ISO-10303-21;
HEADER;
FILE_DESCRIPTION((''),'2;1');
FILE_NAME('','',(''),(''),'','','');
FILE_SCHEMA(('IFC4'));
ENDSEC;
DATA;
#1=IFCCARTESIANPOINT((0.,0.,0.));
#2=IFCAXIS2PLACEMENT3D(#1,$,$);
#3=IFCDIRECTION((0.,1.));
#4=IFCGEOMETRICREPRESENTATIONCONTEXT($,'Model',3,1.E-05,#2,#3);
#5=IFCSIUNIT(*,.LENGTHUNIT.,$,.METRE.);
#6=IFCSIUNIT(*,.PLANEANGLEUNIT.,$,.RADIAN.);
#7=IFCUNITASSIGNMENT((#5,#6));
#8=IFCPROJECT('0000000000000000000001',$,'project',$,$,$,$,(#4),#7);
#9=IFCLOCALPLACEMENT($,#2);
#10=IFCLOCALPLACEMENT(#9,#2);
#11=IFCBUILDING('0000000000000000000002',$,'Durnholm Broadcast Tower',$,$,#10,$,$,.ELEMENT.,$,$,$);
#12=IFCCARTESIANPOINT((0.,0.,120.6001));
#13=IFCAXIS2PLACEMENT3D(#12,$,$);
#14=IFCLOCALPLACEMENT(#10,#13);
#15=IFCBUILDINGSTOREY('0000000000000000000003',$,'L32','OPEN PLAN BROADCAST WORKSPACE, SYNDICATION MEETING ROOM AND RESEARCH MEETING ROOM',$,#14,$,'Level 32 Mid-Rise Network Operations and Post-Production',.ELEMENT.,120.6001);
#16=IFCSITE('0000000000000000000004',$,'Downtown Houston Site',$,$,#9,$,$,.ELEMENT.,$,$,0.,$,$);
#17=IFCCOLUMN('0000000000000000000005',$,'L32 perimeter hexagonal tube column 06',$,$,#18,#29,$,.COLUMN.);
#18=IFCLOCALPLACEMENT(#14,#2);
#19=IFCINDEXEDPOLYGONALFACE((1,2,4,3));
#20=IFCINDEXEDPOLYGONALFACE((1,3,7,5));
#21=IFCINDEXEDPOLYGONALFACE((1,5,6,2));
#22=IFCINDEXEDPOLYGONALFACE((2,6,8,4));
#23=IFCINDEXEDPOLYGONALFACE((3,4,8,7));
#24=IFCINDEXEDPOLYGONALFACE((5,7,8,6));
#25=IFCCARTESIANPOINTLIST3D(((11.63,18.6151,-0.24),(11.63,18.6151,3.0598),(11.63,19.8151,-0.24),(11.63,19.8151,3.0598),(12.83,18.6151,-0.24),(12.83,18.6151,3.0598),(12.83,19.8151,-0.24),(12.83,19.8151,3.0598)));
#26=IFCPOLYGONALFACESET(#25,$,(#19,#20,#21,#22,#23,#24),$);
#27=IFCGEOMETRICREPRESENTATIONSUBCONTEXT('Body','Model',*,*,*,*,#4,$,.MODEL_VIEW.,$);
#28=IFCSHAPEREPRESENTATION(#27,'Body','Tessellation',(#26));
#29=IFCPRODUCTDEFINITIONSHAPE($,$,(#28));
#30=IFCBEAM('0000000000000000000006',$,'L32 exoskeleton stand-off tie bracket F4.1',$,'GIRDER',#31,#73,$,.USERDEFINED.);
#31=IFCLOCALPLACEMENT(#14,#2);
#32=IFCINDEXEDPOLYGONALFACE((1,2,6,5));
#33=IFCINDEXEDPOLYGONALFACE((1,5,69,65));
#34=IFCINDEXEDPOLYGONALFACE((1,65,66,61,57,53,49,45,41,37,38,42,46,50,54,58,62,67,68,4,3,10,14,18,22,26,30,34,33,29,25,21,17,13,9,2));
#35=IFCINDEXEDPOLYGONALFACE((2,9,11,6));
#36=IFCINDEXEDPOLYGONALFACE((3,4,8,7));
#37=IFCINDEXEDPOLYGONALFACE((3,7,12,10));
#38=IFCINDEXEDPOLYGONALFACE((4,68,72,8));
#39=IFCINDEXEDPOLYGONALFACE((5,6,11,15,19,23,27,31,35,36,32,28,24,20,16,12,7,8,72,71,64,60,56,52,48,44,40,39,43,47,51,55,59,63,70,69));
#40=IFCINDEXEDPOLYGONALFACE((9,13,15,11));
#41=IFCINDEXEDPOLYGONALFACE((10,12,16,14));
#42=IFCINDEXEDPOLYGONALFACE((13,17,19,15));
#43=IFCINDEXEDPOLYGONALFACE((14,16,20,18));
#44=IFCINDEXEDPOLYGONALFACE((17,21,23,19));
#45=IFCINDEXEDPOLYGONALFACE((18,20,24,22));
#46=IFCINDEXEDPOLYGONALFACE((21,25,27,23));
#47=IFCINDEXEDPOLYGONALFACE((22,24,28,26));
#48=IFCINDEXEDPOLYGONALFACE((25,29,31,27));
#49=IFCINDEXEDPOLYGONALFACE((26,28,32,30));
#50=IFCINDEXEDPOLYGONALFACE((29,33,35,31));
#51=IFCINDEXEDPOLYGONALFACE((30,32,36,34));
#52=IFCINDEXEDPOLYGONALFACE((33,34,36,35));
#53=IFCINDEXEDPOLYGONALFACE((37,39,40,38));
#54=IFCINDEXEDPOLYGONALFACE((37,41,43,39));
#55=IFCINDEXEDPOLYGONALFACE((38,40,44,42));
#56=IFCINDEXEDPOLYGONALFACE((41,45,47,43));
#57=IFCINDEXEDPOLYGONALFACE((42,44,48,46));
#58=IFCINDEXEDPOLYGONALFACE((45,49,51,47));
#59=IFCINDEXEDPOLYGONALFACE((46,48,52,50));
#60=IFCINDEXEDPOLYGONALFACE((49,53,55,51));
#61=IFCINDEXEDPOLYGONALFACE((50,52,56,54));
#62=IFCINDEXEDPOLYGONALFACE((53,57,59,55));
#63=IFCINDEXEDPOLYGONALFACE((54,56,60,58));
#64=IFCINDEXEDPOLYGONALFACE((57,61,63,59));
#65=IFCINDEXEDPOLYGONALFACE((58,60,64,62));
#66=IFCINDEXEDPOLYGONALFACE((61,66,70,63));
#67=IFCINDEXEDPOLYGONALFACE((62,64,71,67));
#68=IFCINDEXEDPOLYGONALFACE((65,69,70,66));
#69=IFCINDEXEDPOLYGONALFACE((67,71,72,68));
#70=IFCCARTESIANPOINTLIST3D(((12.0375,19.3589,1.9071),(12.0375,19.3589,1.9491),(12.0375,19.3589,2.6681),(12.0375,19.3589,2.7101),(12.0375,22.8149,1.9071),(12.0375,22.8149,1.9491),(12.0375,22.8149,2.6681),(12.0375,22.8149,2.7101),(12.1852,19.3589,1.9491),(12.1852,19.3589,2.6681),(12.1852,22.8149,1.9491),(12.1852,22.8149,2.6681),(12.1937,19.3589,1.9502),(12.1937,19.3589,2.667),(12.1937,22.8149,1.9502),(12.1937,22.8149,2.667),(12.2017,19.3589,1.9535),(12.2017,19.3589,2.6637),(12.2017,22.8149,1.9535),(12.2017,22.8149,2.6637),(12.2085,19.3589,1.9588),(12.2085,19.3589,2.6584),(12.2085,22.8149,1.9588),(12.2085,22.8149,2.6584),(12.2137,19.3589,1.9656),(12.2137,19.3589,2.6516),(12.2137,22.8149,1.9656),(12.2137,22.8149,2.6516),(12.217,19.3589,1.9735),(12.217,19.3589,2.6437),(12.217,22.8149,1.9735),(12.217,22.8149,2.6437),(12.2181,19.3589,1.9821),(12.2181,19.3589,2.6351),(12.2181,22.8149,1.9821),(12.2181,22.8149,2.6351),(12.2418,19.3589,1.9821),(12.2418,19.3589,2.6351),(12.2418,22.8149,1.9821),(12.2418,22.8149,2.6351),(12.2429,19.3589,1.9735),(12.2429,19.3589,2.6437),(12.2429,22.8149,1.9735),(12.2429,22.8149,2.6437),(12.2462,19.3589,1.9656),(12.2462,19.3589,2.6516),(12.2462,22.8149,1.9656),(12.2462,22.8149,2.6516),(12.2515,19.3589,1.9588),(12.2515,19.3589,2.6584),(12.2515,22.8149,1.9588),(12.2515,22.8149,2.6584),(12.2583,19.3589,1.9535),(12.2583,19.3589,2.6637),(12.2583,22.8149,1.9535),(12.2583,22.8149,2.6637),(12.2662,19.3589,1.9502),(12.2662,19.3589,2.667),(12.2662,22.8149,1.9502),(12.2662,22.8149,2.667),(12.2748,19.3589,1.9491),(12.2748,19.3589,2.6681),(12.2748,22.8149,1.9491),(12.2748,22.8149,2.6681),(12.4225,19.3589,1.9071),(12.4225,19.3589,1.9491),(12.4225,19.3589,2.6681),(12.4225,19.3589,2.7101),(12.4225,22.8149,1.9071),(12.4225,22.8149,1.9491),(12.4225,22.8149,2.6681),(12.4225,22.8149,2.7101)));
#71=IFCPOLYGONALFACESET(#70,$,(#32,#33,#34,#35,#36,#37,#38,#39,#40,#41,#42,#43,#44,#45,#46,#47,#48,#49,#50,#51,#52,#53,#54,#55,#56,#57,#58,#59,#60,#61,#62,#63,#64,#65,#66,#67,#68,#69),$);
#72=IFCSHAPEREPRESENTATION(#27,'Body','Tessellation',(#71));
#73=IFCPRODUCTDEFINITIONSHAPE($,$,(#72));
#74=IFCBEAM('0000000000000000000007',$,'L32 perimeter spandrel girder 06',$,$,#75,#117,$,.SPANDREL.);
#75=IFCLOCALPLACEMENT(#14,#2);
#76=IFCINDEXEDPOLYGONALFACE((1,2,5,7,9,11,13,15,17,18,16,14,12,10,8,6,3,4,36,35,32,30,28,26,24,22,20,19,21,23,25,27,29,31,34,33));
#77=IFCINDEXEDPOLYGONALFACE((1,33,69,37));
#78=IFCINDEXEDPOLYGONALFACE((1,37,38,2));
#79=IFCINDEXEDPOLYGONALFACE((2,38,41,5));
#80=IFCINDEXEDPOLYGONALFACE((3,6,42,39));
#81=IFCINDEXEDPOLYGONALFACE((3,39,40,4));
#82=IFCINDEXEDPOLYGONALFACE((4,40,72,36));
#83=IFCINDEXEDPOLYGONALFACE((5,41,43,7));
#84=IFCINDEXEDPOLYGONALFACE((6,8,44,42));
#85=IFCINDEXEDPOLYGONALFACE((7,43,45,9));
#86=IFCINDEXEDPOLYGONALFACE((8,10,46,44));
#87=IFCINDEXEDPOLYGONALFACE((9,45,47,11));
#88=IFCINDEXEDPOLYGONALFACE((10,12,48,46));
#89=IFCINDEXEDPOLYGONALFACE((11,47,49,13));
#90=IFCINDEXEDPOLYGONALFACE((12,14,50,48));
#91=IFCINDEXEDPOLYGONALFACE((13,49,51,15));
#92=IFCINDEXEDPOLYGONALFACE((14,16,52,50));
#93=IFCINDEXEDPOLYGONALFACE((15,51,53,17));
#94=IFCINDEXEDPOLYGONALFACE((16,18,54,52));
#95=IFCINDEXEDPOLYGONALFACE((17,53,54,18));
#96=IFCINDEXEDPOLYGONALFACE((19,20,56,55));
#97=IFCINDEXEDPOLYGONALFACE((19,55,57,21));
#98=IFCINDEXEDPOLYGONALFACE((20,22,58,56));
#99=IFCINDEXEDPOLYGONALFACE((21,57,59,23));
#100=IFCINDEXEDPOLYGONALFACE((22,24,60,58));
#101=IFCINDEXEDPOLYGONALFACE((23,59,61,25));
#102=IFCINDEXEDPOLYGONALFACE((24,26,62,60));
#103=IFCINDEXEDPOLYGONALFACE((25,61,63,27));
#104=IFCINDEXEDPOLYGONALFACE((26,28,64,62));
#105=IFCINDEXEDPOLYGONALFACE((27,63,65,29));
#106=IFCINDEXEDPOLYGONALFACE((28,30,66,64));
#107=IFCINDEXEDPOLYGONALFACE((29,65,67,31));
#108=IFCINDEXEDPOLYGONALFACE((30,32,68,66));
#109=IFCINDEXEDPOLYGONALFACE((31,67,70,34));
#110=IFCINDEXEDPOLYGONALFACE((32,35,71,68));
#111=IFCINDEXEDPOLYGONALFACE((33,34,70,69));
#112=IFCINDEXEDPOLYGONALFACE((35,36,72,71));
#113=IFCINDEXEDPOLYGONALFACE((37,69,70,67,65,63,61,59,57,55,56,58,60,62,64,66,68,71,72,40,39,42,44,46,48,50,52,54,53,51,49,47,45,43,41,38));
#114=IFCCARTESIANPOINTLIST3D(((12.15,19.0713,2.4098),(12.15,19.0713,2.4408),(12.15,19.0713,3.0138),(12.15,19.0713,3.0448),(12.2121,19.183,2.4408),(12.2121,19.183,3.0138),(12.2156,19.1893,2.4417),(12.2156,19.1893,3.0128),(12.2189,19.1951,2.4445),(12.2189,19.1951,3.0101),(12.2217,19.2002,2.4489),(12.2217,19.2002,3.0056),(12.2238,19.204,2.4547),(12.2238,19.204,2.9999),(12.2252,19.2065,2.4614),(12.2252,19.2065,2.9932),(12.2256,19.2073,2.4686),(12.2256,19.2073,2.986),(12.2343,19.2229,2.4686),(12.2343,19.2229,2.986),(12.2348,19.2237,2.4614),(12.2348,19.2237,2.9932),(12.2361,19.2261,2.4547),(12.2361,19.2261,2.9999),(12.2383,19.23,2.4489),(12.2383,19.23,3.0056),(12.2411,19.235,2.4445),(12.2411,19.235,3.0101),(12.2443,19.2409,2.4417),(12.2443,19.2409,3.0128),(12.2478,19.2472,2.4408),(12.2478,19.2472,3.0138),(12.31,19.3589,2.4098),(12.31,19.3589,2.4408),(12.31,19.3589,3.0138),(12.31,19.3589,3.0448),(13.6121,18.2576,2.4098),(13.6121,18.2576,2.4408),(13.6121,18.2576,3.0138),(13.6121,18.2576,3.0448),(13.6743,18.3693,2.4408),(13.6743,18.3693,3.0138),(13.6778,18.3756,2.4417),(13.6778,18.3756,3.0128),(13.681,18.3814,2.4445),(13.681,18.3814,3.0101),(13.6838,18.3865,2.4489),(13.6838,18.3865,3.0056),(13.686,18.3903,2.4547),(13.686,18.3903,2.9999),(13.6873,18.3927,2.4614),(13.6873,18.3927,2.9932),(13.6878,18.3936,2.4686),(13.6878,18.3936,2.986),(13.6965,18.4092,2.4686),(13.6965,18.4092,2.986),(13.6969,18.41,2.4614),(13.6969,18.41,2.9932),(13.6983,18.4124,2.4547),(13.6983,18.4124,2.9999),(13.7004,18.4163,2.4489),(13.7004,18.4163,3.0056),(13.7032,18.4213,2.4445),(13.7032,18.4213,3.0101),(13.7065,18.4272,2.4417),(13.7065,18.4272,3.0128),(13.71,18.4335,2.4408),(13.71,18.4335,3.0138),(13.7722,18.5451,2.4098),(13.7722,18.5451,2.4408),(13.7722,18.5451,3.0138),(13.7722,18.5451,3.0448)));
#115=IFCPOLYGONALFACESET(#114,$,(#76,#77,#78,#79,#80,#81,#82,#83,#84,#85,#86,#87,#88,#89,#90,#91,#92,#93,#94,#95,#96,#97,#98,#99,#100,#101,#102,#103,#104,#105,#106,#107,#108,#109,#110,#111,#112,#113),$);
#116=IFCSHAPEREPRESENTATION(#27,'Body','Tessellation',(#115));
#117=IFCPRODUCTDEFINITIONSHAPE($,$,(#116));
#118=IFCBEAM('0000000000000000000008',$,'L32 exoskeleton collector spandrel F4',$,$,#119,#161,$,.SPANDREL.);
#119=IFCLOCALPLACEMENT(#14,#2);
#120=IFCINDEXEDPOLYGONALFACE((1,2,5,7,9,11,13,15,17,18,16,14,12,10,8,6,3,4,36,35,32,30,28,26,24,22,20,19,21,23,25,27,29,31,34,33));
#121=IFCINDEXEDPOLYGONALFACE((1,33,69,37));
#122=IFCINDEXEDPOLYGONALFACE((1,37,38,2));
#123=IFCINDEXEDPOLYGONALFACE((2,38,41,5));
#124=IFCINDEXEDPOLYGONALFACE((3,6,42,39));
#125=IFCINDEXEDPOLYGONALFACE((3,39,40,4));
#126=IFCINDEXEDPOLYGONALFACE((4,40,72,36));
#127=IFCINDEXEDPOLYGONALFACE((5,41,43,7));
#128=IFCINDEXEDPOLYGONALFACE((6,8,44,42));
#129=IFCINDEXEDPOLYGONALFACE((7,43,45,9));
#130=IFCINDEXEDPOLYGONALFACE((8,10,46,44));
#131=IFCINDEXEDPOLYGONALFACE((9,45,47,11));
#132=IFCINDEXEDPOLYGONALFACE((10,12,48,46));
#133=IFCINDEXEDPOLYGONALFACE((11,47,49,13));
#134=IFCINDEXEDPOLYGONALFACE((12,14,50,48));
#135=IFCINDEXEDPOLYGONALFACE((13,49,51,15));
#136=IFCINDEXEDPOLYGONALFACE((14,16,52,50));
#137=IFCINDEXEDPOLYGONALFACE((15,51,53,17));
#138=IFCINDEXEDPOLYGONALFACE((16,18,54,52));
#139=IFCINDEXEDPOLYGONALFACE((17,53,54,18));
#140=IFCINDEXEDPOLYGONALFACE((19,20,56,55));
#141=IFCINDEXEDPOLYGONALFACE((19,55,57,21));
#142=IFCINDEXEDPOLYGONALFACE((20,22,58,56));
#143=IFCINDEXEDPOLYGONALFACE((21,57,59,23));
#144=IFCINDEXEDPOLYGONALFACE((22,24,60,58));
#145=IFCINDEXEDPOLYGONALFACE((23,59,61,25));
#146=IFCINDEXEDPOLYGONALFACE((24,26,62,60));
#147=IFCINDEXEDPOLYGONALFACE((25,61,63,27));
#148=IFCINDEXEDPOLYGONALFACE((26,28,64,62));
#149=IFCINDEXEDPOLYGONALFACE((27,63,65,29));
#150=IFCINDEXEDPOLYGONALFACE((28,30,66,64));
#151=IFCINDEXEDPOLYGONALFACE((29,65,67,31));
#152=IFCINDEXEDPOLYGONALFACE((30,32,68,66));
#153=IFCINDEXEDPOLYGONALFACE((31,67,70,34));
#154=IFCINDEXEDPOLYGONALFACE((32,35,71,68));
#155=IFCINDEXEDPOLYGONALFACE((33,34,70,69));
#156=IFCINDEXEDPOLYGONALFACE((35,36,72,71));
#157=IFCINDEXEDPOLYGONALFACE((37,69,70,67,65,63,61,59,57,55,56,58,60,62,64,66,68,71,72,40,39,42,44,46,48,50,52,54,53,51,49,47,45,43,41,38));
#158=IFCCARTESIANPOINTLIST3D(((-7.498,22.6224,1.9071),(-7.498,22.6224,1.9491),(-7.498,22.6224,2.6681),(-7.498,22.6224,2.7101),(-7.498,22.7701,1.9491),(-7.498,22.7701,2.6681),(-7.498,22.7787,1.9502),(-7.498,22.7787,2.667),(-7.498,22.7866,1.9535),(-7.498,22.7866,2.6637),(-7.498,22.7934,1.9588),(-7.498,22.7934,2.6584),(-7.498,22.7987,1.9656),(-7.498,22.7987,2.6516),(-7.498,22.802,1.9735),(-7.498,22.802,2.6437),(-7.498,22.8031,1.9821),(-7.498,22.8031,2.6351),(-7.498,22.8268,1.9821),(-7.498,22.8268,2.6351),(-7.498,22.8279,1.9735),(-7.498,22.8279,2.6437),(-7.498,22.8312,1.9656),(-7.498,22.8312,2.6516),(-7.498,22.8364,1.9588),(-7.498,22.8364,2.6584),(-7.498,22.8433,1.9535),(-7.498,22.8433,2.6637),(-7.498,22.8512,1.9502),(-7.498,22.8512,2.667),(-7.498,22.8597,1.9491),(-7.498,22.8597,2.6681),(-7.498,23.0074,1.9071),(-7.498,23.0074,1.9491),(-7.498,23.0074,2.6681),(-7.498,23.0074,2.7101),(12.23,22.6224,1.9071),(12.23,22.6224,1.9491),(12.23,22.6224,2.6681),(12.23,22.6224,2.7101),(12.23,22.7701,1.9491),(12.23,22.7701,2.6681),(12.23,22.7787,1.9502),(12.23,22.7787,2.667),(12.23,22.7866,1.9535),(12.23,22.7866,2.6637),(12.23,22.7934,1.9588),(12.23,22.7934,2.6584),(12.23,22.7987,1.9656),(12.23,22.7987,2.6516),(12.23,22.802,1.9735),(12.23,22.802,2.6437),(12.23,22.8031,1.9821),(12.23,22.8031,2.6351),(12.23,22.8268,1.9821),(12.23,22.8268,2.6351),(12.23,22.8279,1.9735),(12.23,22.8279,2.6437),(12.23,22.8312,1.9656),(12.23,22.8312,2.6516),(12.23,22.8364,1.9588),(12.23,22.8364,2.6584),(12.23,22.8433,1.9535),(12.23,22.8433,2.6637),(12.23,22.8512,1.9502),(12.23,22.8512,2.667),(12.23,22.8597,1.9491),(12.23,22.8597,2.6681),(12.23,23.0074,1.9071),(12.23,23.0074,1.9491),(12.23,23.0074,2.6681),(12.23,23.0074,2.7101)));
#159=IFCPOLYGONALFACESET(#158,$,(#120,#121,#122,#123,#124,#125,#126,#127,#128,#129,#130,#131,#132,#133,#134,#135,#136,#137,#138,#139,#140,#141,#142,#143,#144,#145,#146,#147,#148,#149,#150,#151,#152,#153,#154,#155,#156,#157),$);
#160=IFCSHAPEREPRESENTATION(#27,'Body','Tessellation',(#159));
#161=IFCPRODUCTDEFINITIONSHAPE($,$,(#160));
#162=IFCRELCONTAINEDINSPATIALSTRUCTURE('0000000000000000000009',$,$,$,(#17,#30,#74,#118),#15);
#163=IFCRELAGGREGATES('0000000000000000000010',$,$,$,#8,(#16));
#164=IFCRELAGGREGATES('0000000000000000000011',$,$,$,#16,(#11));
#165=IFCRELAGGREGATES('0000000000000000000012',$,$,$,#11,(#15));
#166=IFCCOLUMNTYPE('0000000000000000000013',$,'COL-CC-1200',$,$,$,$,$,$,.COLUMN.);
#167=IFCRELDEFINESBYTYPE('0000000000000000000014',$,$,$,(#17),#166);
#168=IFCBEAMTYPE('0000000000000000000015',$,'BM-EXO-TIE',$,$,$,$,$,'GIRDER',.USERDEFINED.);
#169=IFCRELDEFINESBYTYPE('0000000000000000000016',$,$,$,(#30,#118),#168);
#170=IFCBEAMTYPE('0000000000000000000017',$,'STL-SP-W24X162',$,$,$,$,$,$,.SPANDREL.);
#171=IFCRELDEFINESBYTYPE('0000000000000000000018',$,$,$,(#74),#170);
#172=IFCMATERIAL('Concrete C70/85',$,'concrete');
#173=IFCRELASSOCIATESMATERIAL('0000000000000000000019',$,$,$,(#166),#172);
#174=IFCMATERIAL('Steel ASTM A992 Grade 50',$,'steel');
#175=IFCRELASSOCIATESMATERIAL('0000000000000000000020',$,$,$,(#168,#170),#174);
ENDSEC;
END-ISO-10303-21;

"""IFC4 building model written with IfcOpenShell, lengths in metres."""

from ifc_helpers import new_model, si_unit, direction, frame, origin, origin_2d, place, context, subcontext, project, spatial, rectangle, i_section, extrude, source, transform, mapped, material, material_profile, profile_set, type_object, type_shapes, element, save


model = new_model("IFC4")

# Units and contexts
model_context = context("Model", 3, precision=1e-05, world=origin(), true_north=direction((0.0, 1.0)))
body_context = subcontext(model_context, "Body", "Model", "MODEL_VIEW")
ifc_project = project(units=[si_unit("LENGTHUNIT", "METRE"), si_unit("PLANEANGLEUNIT", "RADIAN")], contexts=[model_context])

# Site, building, storey
site_placement = place(None, origin())
site = spatial("IfcSite", under=ifc_project, at=site_placement, Name="Downtown Houston Site", CompositionType="ELEMENT", RefElevation=0.0)
building_placement = place(site_placement, origin())
building = spatial("IfcBuilding", under=site, at=building_placement, Name="Durnholm Broadcast Tower", CompositionType="ELEMENT")
storey_placement = place(building_placement, frame((0.0, 0.0, 120.6001)))
storey = spatial("IfcBuildingStorey", under=building, at=storey_placement, Name="L32", Description="OPEN PLAN BROADCAST WORKSPACE, SYNDICATION MEETING ROOM AND RESEARCH MEETING ROOM", LongName="Level 32 Mid-Rise Network Operations and Post-Production", CompositionType="ELEMENT", Elevation=120.6001)

# Column
ifc_material_1 = material(Name="Concrete C70/85", Category="concrete")
ifc_material_profile_1 = material_profile(ifc_material_1, rectangle(XDim=1.2, YDim=1.2, at=origin_2d()), Name="RC1200X1200")
ifc_profile_set_1 = profile_set([ifc_material_profile_1], Name="Concrete C70/85")
column_type = type_object("IfcColumnType", Name="COL-CC-1200", PredefinedType="COLUMN", material=ifc_profile_set_1)
shared_shape_1 = source(origin(), body_context, "Body", "SweptSolid", [
    extrude(rectangle(XDim=1.2, YDim=1.2, at=origin_2d()), origin(), (0.0, 0.0, 1.0), 3.2998),
])
type_shapes(column_type, [shared_shape_1])
column_placement = place(storey_placement, frame((12.23, 19.2151, -0.24), z_axis=(0.0, 0.0, 1.0), x_axis=(1.0, 0.0, 0.0)))
element("IfcColumn", 1, at=column_placement, inside=storey, type_object=column_type, Name="L32 perimeter hexagonal tube column 06", PredefinedType="COLUMN", context=body_context, shape_type="MappedRepresentation", body=[
    mapped(shared_shape_1, transform((0.0, 0.0, 0.0), x_axis=(1.0, 0.0, 0.0), y_axis=(0.0, 1.0, 0.0), z_axis=(0.0, 0.0, 1.0), scale=1.0)),
])

# Beams
ifc_material_2 = material(Name="Steel ASTM A992 Grade 50", Category="steel")
ifc_material_profile_2 = material_profile(ifc_material_2, i_section(OverallWidth=0.385, OverallDepth=0.803, WebThickness=0.0237, FlangeThickness=0.042, FilletRadius=0.033, at=origin_2d()), Name="W30X261")
ifc_profile_set_2 = profile_set([ifc_material_profile_2], Name="Steel ASTM A992 Grade 50")
beam_type_1 = type_object("IfcBeamType", Name="BM-EXO-TIE", ElementType="GIRDER", PredefinedType="USERDEFINED", material=ifc_profile_set_2)
shared_shape_2 = source(origin(), body_context, "Body", "SweptSolid", [
    extrude(i_section(OverallWidth=0.385, OverallDepth=0.803, WebThickness=0.0237, FlangeThickness=0.042, FilletRadius=0.033, at=origin_2d()), origin(), (0.0, 0.0, 1.0), 3.4561),
])
beam_1_placement = place(storey_placement, frame((12.23, 19.3589, 2.3086), z_axis=(0.0, 1.0, 0.0), x_axis=(-1.0, 0.0, 0.0)))
element("IfcBeam", 2, at=beam_1_placement, inside=storey, type_object=beam_type_1, Name="L32 exoskeleton stand-off tie bracket F4.1", ObjectType="GIRDER", PredefinedType="USERDEFINED", context=body_context, shape_type="MappedRepresentation", body=[
    mapped(shared_shape_2, transform((0.0, 0.0, 0.0), x_axis=(1.0, 0.0, 0.0), y_axis=(0.0, 1.0, 0.0), z_axis=(0.0, 0.0, 1.0), scale=1.0)),
])
ifc_material_profile_3 = material_profile(ifc_material_2, i_section(OverallWidth=0.3291, OverallDepth=0.635, WebThickness=0.0178, FlangeThickness=0.031, FilletRadius=0.0278, at=origin_2d()), Name="W24X162")
ifc_profile_set_3 = profile_set([ifc_material_profile_3], Name="Steel ASTM A992 Grade 50")
beam_type_2 = type_object("IfcBeamType", Name="STL-SP-W24X162", PredefinedType="SPANDREL", material=ifc_profile_set_3)
shared_shape_3 = source(origin(), body_context, "Body", "SweptSolid", [
    extrude(i_section(OverallWidth=0.3291, OverallDepth=0.635, WebThickness=0.0178, FlangeThickness=0.031, FilletRadius=0.0278, at=origin_2d()), origin(), (0.0, 0.0, 1.0), 1.6733),
])
type_shapes(beam_type_2, [shared_shape_3])
beam_2_placement = place(storey_placement, frame((12.23, 19.2151, 2.7273), z_axis=(0.873799, -0.486287, 0.0), x_axis=(0.486287, 0.873799, 0.0)))
element("IfcBeam", 3, at=beam_2_placement, inside=storey, type_object=beam_type_2, Name="L32 perimeter spandrel girder 06", PredefinedType="SPANDREL", context=body_context, shape_type="MappedRepresentation", body=[
    mapped(shared_shape_3, transform((0.0, 0.0, 0.0), x_axis=(1.0, 0.0, 0.0), y_axis=(0.0, 1.0, 0.0), z_axis=(0.0, 0.0, 1.0), scale=1.0)),
])
shared_shape_4 = source(origin(), body_context, "Body", "SweptSolid", [
    extrude(i_section(OverallWidth=0.385, OverallDepth=0.803, WebThickness=0.0237, FlangeThickness=0.042, FilletRadius=0.033, at=origin_2d()), origin(), (0.0, 0.0, 1.0), 19.728),
])
type_shapes(beam_type_1, [shared_shape_2, shared_shape_4])
beam_3_placement = place(storey_placement, frame((12.23, 22.8149, 2.3086), z_axis=(-1.0, 0.0, 0.0), x_axis=(0.0, -1.0, 0.0)))
element("IfcBeam", 4, at=beam_3_placement, inside=storey, type_object=beam_type_1, Name="L32 exoskeleton collector spandrel F4", PredefinedType="SPANDREL", context=body_context, shape_type="MappedRepresentation", body=[
    mapped(shared_shape_4, transform((0.0, 0.0, 0.0), x_axis=(1.0, 0.0, 0.0), y_axis=(0.0, 1.0, 0.0), z_axis=(0.0, 0.0, 1.0), scale=1.0)),
])

save(model, "model.ifc")
